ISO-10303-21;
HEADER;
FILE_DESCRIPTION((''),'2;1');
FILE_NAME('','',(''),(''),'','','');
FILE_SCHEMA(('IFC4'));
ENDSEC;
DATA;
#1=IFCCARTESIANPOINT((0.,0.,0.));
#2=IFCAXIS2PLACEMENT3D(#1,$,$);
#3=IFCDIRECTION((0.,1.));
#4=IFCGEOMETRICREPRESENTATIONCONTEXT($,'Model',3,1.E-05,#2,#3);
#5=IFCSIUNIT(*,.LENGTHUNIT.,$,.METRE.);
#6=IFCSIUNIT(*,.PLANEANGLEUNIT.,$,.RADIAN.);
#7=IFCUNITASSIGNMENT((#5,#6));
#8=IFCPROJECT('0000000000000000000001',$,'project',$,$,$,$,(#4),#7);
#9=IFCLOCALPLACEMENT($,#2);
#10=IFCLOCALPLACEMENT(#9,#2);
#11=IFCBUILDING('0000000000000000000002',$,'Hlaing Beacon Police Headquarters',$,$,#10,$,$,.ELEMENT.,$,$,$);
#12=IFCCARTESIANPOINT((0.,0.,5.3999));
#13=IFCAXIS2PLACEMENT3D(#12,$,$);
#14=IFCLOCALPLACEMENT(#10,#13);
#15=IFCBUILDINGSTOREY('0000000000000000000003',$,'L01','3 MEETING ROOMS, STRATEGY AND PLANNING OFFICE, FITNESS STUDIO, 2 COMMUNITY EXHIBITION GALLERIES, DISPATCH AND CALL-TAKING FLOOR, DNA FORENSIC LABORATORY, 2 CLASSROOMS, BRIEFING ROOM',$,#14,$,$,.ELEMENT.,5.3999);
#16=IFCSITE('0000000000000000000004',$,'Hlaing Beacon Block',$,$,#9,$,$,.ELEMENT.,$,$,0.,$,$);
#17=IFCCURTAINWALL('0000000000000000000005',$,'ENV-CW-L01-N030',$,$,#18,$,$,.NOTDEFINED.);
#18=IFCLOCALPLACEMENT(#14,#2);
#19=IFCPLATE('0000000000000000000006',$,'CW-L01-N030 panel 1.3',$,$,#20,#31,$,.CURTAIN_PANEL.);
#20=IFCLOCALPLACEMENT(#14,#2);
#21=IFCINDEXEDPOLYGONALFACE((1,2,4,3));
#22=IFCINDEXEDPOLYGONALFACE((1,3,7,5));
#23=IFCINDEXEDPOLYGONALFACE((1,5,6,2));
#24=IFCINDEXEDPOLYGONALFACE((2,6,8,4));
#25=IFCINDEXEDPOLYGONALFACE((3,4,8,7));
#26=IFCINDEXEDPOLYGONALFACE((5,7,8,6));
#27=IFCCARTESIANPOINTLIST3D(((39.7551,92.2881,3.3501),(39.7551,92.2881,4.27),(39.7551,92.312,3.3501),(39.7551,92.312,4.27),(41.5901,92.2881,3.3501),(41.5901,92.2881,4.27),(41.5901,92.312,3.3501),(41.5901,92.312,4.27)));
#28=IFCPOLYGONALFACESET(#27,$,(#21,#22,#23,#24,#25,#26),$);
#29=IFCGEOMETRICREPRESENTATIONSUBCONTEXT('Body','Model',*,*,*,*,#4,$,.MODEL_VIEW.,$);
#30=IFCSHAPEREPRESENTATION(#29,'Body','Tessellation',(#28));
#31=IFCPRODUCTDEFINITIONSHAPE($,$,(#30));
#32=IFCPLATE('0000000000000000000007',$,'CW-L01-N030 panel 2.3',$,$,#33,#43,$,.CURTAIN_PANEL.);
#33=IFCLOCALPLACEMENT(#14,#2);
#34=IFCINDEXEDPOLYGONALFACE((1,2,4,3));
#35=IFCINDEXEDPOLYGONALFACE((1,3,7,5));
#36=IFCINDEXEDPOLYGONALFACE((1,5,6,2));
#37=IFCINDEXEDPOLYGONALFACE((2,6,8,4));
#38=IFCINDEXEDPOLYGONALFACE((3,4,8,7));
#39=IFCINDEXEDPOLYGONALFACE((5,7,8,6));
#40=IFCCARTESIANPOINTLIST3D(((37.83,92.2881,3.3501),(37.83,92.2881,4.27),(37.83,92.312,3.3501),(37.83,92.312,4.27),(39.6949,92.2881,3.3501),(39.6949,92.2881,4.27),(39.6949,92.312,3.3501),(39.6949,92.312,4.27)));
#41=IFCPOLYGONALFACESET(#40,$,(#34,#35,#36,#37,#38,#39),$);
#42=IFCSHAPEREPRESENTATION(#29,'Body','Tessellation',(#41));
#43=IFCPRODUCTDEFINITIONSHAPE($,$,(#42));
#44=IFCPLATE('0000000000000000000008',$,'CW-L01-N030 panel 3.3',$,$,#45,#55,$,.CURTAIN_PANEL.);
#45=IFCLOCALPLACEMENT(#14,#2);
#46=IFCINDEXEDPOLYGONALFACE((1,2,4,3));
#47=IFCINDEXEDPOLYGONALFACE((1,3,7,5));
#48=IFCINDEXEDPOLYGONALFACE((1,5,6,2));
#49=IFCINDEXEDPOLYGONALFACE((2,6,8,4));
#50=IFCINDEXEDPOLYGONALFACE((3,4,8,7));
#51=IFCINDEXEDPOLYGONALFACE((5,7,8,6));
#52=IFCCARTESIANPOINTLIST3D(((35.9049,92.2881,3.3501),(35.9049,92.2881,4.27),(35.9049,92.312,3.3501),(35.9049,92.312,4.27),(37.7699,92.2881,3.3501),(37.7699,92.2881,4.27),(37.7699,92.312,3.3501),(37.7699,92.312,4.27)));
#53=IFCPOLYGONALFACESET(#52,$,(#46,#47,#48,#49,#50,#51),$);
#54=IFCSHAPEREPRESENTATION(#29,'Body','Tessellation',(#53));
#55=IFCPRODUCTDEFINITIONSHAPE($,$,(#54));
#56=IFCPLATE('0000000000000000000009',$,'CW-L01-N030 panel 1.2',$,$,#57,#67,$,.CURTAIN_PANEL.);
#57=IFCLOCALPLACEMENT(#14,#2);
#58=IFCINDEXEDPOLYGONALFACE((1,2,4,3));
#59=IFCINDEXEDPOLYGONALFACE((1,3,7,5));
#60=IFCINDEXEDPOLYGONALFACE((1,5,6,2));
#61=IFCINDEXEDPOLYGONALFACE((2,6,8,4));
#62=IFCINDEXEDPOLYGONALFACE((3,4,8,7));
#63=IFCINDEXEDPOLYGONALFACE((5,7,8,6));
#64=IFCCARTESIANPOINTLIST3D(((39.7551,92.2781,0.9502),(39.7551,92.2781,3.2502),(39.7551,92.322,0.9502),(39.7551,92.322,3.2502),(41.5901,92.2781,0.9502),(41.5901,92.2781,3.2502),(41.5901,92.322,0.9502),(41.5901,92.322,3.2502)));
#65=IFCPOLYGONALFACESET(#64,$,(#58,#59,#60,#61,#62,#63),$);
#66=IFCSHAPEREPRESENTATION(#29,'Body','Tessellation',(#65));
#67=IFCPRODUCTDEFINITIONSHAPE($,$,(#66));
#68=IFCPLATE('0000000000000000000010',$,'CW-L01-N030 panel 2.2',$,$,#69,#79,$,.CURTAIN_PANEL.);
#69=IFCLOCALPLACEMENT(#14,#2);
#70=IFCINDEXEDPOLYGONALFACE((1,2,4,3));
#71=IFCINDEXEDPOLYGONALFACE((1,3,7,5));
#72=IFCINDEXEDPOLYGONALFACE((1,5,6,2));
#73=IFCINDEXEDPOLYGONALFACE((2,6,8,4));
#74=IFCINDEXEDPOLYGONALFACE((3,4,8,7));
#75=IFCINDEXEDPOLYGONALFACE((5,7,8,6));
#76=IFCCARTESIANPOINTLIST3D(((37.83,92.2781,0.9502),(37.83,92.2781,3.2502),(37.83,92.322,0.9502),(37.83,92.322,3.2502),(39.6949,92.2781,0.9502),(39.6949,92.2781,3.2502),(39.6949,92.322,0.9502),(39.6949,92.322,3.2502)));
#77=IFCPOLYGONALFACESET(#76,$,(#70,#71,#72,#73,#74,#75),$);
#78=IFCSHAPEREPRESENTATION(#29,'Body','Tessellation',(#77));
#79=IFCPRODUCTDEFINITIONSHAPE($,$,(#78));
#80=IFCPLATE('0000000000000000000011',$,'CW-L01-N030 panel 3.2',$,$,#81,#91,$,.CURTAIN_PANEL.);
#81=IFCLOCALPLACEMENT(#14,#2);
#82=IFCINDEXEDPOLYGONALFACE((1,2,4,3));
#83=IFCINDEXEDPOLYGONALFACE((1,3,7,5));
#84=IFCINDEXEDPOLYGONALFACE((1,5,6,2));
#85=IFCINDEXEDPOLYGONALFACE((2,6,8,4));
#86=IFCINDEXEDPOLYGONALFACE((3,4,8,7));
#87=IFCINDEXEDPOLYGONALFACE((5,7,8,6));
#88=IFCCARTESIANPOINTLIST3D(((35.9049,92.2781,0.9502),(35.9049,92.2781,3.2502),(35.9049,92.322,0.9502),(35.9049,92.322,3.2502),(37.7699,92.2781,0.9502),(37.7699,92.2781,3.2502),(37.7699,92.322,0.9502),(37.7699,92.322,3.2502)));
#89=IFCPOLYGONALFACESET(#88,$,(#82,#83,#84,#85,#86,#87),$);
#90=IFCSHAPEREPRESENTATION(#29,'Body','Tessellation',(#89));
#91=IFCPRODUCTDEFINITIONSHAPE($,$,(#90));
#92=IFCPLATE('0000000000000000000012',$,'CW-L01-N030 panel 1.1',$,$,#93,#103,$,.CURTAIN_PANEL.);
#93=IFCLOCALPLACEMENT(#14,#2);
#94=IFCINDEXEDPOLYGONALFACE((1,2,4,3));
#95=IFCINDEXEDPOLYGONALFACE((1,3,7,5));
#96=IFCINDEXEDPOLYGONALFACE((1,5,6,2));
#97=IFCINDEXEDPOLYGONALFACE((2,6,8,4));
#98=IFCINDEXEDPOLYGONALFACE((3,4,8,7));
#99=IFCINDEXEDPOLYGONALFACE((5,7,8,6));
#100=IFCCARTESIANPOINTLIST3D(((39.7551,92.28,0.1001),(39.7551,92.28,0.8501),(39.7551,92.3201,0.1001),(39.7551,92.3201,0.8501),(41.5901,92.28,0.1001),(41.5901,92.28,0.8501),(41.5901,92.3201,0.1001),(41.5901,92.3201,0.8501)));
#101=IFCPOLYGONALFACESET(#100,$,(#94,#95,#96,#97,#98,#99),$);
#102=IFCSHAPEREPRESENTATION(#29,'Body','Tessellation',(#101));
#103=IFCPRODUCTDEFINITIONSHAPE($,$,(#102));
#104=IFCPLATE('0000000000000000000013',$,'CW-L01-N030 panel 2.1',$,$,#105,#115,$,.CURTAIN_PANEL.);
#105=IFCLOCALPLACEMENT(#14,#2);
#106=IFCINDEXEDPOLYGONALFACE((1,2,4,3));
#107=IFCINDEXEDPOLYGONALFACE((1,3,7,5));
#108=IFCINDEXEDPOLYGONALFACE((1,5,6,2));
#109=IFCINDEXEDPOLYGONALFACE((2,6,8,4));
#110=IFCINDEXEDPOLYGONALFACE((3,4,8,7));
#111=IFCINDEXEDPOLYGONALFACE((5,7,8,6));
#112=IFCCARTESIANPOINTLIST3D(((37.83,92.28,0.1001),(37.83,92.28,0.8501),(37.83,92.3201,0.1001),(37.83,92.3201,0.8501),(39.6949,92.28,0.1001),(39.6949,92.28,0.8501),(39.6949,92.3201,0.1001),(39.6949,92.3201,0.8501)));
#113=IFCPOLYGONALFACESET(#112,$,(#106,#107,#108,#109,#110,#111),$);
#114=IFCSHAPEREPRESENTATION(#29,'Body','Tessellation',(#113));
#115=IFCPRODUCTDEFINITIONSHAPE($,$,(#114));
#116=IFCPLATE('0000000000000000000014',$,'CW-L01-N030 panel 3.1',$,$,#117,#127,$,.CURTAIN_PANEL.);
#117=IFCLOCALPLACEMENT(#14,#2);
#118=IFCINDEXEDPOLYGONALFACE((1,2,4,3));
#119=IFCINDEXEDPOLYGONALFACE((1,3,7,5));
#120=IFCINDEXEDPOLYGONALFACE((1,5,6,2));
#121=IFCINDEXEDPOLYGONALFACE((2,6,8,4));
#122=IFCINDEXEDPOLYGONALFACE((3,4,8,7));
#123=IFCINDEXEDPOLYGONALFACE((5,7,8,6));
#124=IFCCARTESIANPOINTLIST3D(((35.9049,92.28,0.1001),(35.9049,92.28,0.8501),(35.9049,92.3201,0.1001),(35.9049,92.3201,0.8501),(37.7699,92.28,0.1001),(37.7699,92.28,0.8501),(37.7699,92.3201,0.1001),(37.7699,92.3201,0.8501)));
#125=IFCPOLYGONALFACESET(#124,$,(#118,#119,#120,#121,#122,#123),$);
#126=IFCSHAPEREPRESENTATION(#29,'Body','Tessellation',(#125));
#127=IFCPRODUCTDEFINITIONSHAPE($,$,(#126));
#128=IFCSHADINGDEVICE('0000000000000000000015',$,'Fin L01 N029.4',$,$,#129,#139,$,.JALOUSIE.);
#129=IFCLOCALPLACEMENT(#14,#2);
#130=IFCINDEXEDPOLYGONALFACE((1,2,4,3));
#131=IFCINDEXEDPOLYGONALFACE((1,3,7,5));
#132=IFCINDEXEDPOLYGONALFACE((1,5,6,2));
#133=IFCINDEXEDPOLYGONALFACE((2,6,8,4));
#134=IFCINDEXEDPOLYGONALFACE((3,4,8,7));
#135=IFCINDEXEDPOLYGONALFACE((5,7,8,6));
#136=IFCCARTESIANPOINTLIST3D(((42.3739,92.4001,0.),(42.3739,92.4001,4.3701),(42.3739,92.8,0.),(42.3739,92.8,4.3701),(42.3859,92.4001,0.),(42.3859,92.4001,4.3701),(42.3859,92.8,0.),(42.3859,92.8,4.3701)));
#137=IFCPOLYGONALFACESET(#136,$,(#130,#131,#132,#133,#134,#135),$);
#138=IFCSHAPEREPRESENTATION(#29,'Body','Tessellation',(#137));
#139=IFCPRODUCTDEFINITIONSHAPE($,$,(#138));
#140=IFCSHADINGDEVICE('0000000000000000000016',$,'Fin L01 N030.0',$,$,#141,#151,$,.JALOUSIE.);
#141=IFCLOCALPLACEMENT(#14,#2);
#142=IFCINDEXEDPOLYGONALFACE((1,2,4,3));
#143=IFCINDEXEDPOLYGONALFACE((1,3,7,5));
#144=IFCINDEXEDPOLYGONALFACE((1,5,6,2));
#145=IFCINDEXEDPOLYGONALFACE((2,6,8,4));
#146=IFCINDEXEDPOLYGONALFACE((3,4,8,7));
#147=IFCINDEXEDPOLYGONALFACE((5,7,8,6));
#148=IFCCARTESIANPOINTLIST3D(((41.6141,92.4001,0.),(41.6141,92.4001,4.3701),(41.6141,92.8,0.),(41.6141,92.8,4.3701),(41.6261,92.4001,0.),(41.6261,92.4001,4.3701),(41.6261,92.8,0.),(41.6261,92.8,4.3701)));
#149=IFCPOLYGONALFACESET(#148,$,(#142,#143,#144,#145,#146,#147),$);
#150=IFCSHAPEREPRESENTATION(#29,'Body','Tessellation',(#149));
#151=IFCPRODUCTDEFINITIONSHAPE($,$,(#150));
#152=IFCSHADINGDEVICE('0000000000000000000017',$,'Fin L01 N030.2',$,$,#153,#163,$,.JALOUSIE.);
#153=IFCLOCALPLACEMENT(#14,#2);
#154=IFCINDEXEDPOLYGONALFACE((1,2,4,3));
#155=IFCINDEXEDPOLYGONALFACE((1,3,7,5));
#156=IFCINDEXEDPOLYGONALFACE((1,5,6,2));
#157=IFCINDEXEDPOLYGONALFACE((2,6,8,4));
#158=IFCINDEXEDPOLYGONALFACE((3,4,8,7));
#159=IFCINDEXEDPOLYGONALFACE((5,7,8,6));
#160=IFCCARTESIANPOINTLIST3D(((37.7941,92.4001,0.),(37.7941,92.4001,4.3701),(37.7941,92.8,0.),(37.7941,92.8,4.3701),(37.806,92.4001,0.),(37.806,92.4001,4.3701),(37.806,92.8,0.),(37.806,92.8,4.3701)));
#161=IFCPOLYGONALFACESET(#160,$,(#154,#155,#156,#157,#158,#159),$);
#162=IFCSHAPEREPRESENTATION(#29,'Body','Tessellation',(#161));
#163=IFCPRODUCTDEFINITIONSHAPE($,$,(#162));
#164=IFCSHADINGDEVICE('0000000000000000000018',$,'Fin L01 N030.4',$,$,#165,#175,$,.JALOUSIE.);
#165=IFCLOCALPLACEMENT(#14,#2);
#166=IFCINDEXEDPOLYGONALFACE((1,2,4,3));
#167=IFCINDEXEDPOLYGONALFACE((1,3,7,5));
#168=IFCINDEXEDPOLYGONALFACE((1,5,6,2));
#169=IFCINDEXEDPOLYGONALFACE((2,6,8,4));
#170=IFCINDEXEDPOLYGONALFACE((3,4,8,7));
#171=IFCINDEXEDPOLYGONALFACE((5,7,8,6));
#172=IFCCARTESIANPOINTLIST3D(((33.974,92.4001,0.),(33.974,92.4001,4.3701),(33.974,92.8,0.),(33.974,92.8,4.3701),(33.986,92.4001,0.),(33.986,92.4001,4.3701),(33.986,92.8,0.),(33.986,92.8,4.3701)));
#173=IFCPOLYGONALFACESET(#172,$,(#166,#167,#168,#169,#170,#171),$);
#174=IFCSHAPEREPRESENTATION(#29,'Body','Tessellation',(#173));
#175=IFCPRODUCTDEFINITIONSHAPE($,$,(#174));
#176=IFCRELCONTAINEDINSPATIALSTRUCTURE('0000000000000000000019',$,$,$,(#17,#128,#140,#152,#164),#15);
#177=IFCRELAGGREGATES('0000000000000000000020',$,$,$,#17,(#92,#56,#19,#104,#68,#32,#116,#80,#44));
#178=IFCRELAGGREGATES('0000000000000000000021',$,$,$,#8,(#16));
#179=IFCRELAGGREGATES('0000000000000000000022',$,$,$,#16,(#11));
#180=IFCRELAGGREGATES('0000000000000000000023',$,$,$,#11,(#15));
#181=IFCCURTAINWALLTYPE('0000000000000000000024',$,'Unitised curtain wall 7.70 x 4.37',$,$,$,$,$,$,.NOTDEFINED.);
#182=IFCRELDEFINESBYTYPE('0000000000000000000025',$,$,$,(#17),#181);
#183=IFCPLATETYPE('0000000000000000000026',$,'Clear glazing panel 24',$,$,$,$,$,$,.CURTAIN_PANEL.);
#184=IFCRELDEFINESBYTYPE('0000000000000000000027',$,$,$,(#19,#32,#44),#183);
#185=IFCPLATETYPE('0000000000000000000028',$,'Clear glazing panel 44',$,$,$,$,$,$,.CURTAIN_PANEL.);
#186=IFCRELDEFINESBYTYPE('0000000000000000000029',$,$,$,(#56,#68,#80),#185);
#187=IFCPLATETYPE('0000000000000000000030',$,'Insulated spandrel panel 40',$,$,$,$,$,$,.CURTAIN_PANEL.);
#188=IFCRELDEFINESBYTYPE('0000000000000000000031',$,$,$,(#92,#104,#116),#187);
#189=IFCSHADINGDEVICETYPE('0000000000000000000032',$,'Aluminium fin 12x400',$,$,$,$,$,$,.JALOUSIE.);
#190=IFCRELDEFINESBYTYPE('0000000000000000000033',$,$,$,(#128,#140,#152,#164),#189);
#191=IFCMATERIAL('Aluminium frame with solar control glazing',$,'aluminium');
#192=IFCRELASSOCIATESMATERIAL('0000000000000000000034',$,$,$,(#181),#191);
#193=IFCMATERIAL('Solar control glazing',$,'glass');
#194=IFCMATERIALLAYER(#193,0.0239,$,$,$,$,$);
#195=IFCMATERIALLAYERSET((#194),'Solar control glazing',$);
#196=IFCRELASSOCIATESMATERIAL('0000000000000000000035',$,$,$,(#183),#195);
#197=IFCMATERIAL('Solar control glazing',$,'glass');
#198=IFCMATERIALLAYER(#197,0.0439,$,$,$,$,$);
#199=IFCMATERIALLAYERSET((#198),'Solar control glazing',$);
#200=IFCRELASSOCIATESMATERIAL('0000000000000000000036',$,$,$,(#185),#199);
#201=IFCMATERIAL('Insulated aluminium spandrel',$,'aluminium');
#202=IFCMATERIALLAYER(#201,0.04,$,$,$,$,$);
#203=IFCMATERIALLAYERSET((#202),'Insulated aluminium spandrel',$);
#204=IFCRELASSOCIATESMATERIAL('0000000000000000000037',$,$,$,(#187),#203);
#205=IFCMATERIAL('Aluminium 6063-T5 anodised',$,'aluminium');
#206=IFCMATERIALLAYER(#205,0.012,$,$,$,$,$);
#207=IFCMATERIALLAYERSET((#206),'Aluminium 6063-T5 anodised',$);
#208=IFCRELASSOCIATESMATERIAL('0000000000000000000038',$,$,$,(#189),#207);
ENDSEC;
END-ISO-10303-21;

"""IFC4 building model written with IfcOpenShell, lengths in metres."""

from ifc_helpers import new_model, si_unit, direction, frame, origin, origin_2d, place, context, subcontext, project, spatial, rectangle, extrude, material, layer, layer_set, type_object, element, aggregate, save


model = new_model("IFC4")

# Units and contexts
model_context = context("Model", 3, precision=1e-05, world=origin(), true_north=direction((0.0, 1.0)))
body_context = subcontext(model_context, "Body", "Model", "MODEL_VIEW")
ifc_project = project(units=[si_unit("LENGTHUNIT", "METRE"), si_unit("PLANEANGLEUNIT", "RADIAN")], contexts=[model_context])

# Site, building, storey
site_placement = place(None, origin())
site = spatial("IfcSite", under=ifc_project, at=site_placement, Name="Hlaing Beacon Block", CompositionType="ELEMENT", RefElevation=0.0)
building_placement = place(site_placement, origin())
building = spatial("IfcBuilding", under=site, at=building_placement, Name="Hlaing Beacon Police Headquarters", CompositionType="ELEMENT")
storey_placement = place(building_placement, frame((0.0, 0.0, 5.3999)))
storey = spatial("IfcBuildingStorey", under=building, at=storey_placement, Name="L01", Description="3 MEETING ROOMS, STRATEGY AND PLANNING OFFICE, FITNESS STUDIO, 2 COMMUNITY EXHIBITION GALLERIES, DISPATCH AND CALL-TAKING FLOOR, DNA FORENSIC LABORATORY, 2 CLASSROOMS, BRIEFING ROOM", CompositionType="ELEMENT", Elevation=5.3999)

# Shared definitions
ifc_material_1 = material(Name="Aluminium frame with solar control glazing", Category="aluminium")
curtain_wall_type = type_object("IfcCurtainWallType", Name="Unitised curtain wall 7.70 x 4.37", PredefinedType="NOTDEFINED", material=ifc_material_1)

# Curtain wall, plates
curtain_wall_1_placement = place(storey_placement, origin())
curtain_wall_1 = element("IfcCurtainWall", 1, at=curtain_wall_1_placement, inside=storey, type_object=curtain_wall_type, Name="ENV-CW-L01-N030", PredefinedType="NOTDEFINED")
ifc_material_2 = material(Name="Solar control glazing", Category="glass")
ifc_layer_1 = layer(ifc_material_2, 0.0239)
ifc_layer_set_1 = layer_set([ifc_layer_1], Name="Solar control glazing")
plate_type_1 = type_object("IfcPlateType", Name="Clear glazing panel 24", PredefinedType="CURTAIN_PANEL", material=ifc_layer_set_1)
plate_1_placement = place(storey_placement, frame((40.6726, 92.3, 3.3501), z_axis=(0.0, 0.0, 1.0), x_axis=(-1.0, 0.0, 0.0)))
plate_1 = element("IfcPlate", 2, at=plate_1_placement, type_object=plate_type_1, Name="CW-L01-N030 panel 1.3", PredefinedType="CURTAIN_PANEL", context=body_context, shape_type="SweptSolid", body=[
    extrude(rectangle(XDim=1.835, YDim=0.0239, at=origin_2d()), origin(), (0.0, 0.0, 1.0), 0.9199),
])
plate_2_placement = place(storey_placement, frame((38.7625, 92.3, 3.3501), z_axis=(0.0, 0.0, 1.0), x_axis=(-1.0, 0.0, 0.0)))
plate_2 = element("IfcPlate", 3, at=plate_2_placement, type_object=plate_type_1, Name="CW-L01-N030 panel 2.3", PredefinedType="CURTAIN_PANEL", context=body_context, shape_type="SweptSolid", body=[
    extrude(rectangle(XDim=1.865, YDim=0.0239, at=origin_2d()), origin(), (0.0, 0.0, 1.0), 0.9199),
])
plate_3_placement = place(storey_placement, frame((36.8374, 92.3, 3.3501), z_axis=(0.0, 0.0, 1.0), x_axis=(-1.0, 0.0, 0.0)))
plate_3 = element("IfcPlate", 4, at=plate_3_placement, type_object=plate_type_1, Name="CW-L01-N030 panel 3.3", PredefinedType="CURTAIN_PANEL", context=body_context, shape_type="SweptSolid", body=[
    extrude(rectangle(XDim=1.865, YDim=0.0239, at=origin_2d()), origin(), (0.0, 0.0, 1.0), 0.9199),
])
ifc_material_3 = material(Name="Solar control glazing", Category="glass")
ifc_layer_2 = layer(ifc_material_3, 0.0439)
ifc_layer_set_2 = layer_set([ifc_layer_2], Name="Solar control glazing")
plate_type_2 = type_object("IfcPlateType", Name="Clear glazing panel 44", PredefinedType="CURTAIN_PANEL", material=ifc_layer_set_2)
plate_4_placement = place(storey_placement, frame((40.6726, 92.3, 0.9502), z_axis=(0.0, 0.0, 1.0), x_axis=(-1.0, 0.0, 0.0)))
plate_4 = element("IfcPlate", 5, at=plate_4_placement, type_object=plate_type_2, Name="CW-L01-N030 panel 1.2", PredefinedType="CURTAIN_PANEL", context=body_context, shape_type="SweptSolid", body=[
    extrude(rectangle(XDim=1.835, YDim=0.0439, at=origin_2d()), origin(), (0.0, 0.0, 1.0), 2.3),
])
plate_5_placement = place(storey_placement, frame((38.7625, 92.3, 0.9502), z_axis=(0.0, 0.0, 1.0), x_axis=(-1.0, 0.0, 0.0)))
plate_5 = element("IfcPlate", 6, at=plate_5_placement, type_object=plate_type_2, Name="CW-L01-N030 panel 2.2", PredefinedType="CURTAIN_PANEL", context=body_context, shape_type="SweptSolid", body=[
    extrude(rectangle(XDim=1.865, YDim=0.0439, at=origin_2d()), origin(), (0.0, 0.0, 1.0), 2.3),
])
plate_6_placement = place(storey_placement, frame((36.8374, 92.3, 0.9502), z_axis=(0.0, 0.0, 1.0), x_axis=(-1.0, 0.0, 0.0)))
plate_6 = element("IfcPlate", 7, at=plate_6_placement, type_object=plate_type_2, Name="CW-L01-N030 panel 3.2", PredefinedType="CURTAIN_PANEL", context=body_context, shape_type="SweptSolid", body=[
    extrude(rectangle(XDim=1.865, YDim=0.0439, at=origin_2d()), origin(), (0.0, 0.0, 1.0), 2.3),
])
ifc_material_4 = material(Name="Insulated aluminium spandrel", Category="aluminium")
ifc_layer_3 = layer(ifc_material_4, 0.04)
ifc_layer_set_3 = layer_set([ifc_layer_3], Name="Insulated aluminium spandrel")
plate_type_3 = type_object("IfcPlateType", Name="Insulated spandrel panel 40", PredefinedType="CURTAIN_PANEL", material=ifc_layer_set_3)
plate_7_placement = place(storey_placement, frame((40.6726, 92.3, 0.1001), z_axis=(0.0, 0.0, 1.0), x_axis=(-1.0, 0.0, 0.0)))
plate_7 = element("IfcPlate", 8, at=plate_7_placement, type_object=plate_type_3, Name="CW-L01-N030 panel 1.1", PredefinedType="CURTAIN_PANEL", context=body_context, shape_type="SweptSolid", body=[
    extrude(rectangle(XDim=1.835, YDim=0.04, at=origin_2d()), origin(), (0.0, 0.0, 1.0), 0.75),
])
plate_8_placement = place(storey_placement, frame((38.7625, 92.3, 0.1001), z_axis=(0.0, 0.0, 1.0), x_axis=(-1.0, 0.0, 0.0)))
plate_8 = element("IfcPlate", 9, at=plate_8_placement, type_object=plate_type_3, Name="CW-L01-N030 panel 2.1", PredefinedType="CURTAIN_PANEL", context=body_context, shape_type="SweptSolid", body=[
    extrude(rectangle(XDim=1.865, YDim=0.04, at=origin_2d()), origin(), (0.0, 0.0, 1.0), 0.75),
])
plate_9_placement = place(storey_placement, frame((36.8374, 92.3, 0.1001), z_axis=(0.0, 0.0, 1.0), x_axis=(-1.0, 0.0, 0.0)))
plate_9 = element("IfcPlate", 10, at=plate_9_placement, type_object=plate_type_3, Name="CW-L01-N030 panel 3.1", PredefinedType="CURTAIN_PANEL", context=body_context, shape_type="SweptSolid", body=[
    extrude(rectangle(XDim=1.865, YDim=0.04, at=origin_2d()), origin(), (0.0, 0.0, 1.0), 0.75),
])
aggregate(curtain_wall_1, [plate_7, plate_4, plate_1, plate_8, plate_5, plate_2, plate_9, plate_6, plate_3])

# Shading devices
ifc_material_5 = material(Name="Aluminium 6063-T5 anodised", Category="aluminium")
ifc_layer_4 = layer(ifc_material_5, 0.012)
ifc_layer_set_4 = layer_set([ifc_layer_4], Name="Aluminium 6063-T5 anodised")
shading_device_type = type_object("IfcShadingDeviceType", Name="Aluminium fin 12x400", PredefinedType="JALOUSIE", material=ifc_layer_set_4)
for number, where, z_axis, x_axis, name in (
    (11, (42.3799, 92.6001, 0.0), (0.0, 0.0, 1.0), (-1.0, 0.0, 0.0), "Fin L01 N029.4"),
    (12, (41.6201, 92.6001, 0.0), (0.0, 0.0, 1.0), (-1.0, 0.0, 0.0), "Fin L01 N030.0"),
    (13, (37.8, 92.6001, 0.0), (0.0, 0.0, 1.0), (-1.0, 0.0, 0.0), "Fin L01 N030.2"),
    (14, (33.98, 92.6001, 0.0), (0.0, 0.0, 1.0), (-1.0, 0.0, 0.0), "Fin L01 N030.4"),
):
    element("IfcShadingDevice", number, at=place(storey_placement, frame(where, z_axis=z_axis, x_axis=x_axis)), inside=storey, type_object=shading_device_type, Name=name, PredefinedType="JALOUSIE", context=body_context, shape_type="SweptSolid", body=[
        extrude(rectangle(XDim=0.012, YDim=0.3999, at=origin_2d()), origin(), (0.0, 0.0, 1.0), 4.3701),
    ])

save(model, "model.ifc")
